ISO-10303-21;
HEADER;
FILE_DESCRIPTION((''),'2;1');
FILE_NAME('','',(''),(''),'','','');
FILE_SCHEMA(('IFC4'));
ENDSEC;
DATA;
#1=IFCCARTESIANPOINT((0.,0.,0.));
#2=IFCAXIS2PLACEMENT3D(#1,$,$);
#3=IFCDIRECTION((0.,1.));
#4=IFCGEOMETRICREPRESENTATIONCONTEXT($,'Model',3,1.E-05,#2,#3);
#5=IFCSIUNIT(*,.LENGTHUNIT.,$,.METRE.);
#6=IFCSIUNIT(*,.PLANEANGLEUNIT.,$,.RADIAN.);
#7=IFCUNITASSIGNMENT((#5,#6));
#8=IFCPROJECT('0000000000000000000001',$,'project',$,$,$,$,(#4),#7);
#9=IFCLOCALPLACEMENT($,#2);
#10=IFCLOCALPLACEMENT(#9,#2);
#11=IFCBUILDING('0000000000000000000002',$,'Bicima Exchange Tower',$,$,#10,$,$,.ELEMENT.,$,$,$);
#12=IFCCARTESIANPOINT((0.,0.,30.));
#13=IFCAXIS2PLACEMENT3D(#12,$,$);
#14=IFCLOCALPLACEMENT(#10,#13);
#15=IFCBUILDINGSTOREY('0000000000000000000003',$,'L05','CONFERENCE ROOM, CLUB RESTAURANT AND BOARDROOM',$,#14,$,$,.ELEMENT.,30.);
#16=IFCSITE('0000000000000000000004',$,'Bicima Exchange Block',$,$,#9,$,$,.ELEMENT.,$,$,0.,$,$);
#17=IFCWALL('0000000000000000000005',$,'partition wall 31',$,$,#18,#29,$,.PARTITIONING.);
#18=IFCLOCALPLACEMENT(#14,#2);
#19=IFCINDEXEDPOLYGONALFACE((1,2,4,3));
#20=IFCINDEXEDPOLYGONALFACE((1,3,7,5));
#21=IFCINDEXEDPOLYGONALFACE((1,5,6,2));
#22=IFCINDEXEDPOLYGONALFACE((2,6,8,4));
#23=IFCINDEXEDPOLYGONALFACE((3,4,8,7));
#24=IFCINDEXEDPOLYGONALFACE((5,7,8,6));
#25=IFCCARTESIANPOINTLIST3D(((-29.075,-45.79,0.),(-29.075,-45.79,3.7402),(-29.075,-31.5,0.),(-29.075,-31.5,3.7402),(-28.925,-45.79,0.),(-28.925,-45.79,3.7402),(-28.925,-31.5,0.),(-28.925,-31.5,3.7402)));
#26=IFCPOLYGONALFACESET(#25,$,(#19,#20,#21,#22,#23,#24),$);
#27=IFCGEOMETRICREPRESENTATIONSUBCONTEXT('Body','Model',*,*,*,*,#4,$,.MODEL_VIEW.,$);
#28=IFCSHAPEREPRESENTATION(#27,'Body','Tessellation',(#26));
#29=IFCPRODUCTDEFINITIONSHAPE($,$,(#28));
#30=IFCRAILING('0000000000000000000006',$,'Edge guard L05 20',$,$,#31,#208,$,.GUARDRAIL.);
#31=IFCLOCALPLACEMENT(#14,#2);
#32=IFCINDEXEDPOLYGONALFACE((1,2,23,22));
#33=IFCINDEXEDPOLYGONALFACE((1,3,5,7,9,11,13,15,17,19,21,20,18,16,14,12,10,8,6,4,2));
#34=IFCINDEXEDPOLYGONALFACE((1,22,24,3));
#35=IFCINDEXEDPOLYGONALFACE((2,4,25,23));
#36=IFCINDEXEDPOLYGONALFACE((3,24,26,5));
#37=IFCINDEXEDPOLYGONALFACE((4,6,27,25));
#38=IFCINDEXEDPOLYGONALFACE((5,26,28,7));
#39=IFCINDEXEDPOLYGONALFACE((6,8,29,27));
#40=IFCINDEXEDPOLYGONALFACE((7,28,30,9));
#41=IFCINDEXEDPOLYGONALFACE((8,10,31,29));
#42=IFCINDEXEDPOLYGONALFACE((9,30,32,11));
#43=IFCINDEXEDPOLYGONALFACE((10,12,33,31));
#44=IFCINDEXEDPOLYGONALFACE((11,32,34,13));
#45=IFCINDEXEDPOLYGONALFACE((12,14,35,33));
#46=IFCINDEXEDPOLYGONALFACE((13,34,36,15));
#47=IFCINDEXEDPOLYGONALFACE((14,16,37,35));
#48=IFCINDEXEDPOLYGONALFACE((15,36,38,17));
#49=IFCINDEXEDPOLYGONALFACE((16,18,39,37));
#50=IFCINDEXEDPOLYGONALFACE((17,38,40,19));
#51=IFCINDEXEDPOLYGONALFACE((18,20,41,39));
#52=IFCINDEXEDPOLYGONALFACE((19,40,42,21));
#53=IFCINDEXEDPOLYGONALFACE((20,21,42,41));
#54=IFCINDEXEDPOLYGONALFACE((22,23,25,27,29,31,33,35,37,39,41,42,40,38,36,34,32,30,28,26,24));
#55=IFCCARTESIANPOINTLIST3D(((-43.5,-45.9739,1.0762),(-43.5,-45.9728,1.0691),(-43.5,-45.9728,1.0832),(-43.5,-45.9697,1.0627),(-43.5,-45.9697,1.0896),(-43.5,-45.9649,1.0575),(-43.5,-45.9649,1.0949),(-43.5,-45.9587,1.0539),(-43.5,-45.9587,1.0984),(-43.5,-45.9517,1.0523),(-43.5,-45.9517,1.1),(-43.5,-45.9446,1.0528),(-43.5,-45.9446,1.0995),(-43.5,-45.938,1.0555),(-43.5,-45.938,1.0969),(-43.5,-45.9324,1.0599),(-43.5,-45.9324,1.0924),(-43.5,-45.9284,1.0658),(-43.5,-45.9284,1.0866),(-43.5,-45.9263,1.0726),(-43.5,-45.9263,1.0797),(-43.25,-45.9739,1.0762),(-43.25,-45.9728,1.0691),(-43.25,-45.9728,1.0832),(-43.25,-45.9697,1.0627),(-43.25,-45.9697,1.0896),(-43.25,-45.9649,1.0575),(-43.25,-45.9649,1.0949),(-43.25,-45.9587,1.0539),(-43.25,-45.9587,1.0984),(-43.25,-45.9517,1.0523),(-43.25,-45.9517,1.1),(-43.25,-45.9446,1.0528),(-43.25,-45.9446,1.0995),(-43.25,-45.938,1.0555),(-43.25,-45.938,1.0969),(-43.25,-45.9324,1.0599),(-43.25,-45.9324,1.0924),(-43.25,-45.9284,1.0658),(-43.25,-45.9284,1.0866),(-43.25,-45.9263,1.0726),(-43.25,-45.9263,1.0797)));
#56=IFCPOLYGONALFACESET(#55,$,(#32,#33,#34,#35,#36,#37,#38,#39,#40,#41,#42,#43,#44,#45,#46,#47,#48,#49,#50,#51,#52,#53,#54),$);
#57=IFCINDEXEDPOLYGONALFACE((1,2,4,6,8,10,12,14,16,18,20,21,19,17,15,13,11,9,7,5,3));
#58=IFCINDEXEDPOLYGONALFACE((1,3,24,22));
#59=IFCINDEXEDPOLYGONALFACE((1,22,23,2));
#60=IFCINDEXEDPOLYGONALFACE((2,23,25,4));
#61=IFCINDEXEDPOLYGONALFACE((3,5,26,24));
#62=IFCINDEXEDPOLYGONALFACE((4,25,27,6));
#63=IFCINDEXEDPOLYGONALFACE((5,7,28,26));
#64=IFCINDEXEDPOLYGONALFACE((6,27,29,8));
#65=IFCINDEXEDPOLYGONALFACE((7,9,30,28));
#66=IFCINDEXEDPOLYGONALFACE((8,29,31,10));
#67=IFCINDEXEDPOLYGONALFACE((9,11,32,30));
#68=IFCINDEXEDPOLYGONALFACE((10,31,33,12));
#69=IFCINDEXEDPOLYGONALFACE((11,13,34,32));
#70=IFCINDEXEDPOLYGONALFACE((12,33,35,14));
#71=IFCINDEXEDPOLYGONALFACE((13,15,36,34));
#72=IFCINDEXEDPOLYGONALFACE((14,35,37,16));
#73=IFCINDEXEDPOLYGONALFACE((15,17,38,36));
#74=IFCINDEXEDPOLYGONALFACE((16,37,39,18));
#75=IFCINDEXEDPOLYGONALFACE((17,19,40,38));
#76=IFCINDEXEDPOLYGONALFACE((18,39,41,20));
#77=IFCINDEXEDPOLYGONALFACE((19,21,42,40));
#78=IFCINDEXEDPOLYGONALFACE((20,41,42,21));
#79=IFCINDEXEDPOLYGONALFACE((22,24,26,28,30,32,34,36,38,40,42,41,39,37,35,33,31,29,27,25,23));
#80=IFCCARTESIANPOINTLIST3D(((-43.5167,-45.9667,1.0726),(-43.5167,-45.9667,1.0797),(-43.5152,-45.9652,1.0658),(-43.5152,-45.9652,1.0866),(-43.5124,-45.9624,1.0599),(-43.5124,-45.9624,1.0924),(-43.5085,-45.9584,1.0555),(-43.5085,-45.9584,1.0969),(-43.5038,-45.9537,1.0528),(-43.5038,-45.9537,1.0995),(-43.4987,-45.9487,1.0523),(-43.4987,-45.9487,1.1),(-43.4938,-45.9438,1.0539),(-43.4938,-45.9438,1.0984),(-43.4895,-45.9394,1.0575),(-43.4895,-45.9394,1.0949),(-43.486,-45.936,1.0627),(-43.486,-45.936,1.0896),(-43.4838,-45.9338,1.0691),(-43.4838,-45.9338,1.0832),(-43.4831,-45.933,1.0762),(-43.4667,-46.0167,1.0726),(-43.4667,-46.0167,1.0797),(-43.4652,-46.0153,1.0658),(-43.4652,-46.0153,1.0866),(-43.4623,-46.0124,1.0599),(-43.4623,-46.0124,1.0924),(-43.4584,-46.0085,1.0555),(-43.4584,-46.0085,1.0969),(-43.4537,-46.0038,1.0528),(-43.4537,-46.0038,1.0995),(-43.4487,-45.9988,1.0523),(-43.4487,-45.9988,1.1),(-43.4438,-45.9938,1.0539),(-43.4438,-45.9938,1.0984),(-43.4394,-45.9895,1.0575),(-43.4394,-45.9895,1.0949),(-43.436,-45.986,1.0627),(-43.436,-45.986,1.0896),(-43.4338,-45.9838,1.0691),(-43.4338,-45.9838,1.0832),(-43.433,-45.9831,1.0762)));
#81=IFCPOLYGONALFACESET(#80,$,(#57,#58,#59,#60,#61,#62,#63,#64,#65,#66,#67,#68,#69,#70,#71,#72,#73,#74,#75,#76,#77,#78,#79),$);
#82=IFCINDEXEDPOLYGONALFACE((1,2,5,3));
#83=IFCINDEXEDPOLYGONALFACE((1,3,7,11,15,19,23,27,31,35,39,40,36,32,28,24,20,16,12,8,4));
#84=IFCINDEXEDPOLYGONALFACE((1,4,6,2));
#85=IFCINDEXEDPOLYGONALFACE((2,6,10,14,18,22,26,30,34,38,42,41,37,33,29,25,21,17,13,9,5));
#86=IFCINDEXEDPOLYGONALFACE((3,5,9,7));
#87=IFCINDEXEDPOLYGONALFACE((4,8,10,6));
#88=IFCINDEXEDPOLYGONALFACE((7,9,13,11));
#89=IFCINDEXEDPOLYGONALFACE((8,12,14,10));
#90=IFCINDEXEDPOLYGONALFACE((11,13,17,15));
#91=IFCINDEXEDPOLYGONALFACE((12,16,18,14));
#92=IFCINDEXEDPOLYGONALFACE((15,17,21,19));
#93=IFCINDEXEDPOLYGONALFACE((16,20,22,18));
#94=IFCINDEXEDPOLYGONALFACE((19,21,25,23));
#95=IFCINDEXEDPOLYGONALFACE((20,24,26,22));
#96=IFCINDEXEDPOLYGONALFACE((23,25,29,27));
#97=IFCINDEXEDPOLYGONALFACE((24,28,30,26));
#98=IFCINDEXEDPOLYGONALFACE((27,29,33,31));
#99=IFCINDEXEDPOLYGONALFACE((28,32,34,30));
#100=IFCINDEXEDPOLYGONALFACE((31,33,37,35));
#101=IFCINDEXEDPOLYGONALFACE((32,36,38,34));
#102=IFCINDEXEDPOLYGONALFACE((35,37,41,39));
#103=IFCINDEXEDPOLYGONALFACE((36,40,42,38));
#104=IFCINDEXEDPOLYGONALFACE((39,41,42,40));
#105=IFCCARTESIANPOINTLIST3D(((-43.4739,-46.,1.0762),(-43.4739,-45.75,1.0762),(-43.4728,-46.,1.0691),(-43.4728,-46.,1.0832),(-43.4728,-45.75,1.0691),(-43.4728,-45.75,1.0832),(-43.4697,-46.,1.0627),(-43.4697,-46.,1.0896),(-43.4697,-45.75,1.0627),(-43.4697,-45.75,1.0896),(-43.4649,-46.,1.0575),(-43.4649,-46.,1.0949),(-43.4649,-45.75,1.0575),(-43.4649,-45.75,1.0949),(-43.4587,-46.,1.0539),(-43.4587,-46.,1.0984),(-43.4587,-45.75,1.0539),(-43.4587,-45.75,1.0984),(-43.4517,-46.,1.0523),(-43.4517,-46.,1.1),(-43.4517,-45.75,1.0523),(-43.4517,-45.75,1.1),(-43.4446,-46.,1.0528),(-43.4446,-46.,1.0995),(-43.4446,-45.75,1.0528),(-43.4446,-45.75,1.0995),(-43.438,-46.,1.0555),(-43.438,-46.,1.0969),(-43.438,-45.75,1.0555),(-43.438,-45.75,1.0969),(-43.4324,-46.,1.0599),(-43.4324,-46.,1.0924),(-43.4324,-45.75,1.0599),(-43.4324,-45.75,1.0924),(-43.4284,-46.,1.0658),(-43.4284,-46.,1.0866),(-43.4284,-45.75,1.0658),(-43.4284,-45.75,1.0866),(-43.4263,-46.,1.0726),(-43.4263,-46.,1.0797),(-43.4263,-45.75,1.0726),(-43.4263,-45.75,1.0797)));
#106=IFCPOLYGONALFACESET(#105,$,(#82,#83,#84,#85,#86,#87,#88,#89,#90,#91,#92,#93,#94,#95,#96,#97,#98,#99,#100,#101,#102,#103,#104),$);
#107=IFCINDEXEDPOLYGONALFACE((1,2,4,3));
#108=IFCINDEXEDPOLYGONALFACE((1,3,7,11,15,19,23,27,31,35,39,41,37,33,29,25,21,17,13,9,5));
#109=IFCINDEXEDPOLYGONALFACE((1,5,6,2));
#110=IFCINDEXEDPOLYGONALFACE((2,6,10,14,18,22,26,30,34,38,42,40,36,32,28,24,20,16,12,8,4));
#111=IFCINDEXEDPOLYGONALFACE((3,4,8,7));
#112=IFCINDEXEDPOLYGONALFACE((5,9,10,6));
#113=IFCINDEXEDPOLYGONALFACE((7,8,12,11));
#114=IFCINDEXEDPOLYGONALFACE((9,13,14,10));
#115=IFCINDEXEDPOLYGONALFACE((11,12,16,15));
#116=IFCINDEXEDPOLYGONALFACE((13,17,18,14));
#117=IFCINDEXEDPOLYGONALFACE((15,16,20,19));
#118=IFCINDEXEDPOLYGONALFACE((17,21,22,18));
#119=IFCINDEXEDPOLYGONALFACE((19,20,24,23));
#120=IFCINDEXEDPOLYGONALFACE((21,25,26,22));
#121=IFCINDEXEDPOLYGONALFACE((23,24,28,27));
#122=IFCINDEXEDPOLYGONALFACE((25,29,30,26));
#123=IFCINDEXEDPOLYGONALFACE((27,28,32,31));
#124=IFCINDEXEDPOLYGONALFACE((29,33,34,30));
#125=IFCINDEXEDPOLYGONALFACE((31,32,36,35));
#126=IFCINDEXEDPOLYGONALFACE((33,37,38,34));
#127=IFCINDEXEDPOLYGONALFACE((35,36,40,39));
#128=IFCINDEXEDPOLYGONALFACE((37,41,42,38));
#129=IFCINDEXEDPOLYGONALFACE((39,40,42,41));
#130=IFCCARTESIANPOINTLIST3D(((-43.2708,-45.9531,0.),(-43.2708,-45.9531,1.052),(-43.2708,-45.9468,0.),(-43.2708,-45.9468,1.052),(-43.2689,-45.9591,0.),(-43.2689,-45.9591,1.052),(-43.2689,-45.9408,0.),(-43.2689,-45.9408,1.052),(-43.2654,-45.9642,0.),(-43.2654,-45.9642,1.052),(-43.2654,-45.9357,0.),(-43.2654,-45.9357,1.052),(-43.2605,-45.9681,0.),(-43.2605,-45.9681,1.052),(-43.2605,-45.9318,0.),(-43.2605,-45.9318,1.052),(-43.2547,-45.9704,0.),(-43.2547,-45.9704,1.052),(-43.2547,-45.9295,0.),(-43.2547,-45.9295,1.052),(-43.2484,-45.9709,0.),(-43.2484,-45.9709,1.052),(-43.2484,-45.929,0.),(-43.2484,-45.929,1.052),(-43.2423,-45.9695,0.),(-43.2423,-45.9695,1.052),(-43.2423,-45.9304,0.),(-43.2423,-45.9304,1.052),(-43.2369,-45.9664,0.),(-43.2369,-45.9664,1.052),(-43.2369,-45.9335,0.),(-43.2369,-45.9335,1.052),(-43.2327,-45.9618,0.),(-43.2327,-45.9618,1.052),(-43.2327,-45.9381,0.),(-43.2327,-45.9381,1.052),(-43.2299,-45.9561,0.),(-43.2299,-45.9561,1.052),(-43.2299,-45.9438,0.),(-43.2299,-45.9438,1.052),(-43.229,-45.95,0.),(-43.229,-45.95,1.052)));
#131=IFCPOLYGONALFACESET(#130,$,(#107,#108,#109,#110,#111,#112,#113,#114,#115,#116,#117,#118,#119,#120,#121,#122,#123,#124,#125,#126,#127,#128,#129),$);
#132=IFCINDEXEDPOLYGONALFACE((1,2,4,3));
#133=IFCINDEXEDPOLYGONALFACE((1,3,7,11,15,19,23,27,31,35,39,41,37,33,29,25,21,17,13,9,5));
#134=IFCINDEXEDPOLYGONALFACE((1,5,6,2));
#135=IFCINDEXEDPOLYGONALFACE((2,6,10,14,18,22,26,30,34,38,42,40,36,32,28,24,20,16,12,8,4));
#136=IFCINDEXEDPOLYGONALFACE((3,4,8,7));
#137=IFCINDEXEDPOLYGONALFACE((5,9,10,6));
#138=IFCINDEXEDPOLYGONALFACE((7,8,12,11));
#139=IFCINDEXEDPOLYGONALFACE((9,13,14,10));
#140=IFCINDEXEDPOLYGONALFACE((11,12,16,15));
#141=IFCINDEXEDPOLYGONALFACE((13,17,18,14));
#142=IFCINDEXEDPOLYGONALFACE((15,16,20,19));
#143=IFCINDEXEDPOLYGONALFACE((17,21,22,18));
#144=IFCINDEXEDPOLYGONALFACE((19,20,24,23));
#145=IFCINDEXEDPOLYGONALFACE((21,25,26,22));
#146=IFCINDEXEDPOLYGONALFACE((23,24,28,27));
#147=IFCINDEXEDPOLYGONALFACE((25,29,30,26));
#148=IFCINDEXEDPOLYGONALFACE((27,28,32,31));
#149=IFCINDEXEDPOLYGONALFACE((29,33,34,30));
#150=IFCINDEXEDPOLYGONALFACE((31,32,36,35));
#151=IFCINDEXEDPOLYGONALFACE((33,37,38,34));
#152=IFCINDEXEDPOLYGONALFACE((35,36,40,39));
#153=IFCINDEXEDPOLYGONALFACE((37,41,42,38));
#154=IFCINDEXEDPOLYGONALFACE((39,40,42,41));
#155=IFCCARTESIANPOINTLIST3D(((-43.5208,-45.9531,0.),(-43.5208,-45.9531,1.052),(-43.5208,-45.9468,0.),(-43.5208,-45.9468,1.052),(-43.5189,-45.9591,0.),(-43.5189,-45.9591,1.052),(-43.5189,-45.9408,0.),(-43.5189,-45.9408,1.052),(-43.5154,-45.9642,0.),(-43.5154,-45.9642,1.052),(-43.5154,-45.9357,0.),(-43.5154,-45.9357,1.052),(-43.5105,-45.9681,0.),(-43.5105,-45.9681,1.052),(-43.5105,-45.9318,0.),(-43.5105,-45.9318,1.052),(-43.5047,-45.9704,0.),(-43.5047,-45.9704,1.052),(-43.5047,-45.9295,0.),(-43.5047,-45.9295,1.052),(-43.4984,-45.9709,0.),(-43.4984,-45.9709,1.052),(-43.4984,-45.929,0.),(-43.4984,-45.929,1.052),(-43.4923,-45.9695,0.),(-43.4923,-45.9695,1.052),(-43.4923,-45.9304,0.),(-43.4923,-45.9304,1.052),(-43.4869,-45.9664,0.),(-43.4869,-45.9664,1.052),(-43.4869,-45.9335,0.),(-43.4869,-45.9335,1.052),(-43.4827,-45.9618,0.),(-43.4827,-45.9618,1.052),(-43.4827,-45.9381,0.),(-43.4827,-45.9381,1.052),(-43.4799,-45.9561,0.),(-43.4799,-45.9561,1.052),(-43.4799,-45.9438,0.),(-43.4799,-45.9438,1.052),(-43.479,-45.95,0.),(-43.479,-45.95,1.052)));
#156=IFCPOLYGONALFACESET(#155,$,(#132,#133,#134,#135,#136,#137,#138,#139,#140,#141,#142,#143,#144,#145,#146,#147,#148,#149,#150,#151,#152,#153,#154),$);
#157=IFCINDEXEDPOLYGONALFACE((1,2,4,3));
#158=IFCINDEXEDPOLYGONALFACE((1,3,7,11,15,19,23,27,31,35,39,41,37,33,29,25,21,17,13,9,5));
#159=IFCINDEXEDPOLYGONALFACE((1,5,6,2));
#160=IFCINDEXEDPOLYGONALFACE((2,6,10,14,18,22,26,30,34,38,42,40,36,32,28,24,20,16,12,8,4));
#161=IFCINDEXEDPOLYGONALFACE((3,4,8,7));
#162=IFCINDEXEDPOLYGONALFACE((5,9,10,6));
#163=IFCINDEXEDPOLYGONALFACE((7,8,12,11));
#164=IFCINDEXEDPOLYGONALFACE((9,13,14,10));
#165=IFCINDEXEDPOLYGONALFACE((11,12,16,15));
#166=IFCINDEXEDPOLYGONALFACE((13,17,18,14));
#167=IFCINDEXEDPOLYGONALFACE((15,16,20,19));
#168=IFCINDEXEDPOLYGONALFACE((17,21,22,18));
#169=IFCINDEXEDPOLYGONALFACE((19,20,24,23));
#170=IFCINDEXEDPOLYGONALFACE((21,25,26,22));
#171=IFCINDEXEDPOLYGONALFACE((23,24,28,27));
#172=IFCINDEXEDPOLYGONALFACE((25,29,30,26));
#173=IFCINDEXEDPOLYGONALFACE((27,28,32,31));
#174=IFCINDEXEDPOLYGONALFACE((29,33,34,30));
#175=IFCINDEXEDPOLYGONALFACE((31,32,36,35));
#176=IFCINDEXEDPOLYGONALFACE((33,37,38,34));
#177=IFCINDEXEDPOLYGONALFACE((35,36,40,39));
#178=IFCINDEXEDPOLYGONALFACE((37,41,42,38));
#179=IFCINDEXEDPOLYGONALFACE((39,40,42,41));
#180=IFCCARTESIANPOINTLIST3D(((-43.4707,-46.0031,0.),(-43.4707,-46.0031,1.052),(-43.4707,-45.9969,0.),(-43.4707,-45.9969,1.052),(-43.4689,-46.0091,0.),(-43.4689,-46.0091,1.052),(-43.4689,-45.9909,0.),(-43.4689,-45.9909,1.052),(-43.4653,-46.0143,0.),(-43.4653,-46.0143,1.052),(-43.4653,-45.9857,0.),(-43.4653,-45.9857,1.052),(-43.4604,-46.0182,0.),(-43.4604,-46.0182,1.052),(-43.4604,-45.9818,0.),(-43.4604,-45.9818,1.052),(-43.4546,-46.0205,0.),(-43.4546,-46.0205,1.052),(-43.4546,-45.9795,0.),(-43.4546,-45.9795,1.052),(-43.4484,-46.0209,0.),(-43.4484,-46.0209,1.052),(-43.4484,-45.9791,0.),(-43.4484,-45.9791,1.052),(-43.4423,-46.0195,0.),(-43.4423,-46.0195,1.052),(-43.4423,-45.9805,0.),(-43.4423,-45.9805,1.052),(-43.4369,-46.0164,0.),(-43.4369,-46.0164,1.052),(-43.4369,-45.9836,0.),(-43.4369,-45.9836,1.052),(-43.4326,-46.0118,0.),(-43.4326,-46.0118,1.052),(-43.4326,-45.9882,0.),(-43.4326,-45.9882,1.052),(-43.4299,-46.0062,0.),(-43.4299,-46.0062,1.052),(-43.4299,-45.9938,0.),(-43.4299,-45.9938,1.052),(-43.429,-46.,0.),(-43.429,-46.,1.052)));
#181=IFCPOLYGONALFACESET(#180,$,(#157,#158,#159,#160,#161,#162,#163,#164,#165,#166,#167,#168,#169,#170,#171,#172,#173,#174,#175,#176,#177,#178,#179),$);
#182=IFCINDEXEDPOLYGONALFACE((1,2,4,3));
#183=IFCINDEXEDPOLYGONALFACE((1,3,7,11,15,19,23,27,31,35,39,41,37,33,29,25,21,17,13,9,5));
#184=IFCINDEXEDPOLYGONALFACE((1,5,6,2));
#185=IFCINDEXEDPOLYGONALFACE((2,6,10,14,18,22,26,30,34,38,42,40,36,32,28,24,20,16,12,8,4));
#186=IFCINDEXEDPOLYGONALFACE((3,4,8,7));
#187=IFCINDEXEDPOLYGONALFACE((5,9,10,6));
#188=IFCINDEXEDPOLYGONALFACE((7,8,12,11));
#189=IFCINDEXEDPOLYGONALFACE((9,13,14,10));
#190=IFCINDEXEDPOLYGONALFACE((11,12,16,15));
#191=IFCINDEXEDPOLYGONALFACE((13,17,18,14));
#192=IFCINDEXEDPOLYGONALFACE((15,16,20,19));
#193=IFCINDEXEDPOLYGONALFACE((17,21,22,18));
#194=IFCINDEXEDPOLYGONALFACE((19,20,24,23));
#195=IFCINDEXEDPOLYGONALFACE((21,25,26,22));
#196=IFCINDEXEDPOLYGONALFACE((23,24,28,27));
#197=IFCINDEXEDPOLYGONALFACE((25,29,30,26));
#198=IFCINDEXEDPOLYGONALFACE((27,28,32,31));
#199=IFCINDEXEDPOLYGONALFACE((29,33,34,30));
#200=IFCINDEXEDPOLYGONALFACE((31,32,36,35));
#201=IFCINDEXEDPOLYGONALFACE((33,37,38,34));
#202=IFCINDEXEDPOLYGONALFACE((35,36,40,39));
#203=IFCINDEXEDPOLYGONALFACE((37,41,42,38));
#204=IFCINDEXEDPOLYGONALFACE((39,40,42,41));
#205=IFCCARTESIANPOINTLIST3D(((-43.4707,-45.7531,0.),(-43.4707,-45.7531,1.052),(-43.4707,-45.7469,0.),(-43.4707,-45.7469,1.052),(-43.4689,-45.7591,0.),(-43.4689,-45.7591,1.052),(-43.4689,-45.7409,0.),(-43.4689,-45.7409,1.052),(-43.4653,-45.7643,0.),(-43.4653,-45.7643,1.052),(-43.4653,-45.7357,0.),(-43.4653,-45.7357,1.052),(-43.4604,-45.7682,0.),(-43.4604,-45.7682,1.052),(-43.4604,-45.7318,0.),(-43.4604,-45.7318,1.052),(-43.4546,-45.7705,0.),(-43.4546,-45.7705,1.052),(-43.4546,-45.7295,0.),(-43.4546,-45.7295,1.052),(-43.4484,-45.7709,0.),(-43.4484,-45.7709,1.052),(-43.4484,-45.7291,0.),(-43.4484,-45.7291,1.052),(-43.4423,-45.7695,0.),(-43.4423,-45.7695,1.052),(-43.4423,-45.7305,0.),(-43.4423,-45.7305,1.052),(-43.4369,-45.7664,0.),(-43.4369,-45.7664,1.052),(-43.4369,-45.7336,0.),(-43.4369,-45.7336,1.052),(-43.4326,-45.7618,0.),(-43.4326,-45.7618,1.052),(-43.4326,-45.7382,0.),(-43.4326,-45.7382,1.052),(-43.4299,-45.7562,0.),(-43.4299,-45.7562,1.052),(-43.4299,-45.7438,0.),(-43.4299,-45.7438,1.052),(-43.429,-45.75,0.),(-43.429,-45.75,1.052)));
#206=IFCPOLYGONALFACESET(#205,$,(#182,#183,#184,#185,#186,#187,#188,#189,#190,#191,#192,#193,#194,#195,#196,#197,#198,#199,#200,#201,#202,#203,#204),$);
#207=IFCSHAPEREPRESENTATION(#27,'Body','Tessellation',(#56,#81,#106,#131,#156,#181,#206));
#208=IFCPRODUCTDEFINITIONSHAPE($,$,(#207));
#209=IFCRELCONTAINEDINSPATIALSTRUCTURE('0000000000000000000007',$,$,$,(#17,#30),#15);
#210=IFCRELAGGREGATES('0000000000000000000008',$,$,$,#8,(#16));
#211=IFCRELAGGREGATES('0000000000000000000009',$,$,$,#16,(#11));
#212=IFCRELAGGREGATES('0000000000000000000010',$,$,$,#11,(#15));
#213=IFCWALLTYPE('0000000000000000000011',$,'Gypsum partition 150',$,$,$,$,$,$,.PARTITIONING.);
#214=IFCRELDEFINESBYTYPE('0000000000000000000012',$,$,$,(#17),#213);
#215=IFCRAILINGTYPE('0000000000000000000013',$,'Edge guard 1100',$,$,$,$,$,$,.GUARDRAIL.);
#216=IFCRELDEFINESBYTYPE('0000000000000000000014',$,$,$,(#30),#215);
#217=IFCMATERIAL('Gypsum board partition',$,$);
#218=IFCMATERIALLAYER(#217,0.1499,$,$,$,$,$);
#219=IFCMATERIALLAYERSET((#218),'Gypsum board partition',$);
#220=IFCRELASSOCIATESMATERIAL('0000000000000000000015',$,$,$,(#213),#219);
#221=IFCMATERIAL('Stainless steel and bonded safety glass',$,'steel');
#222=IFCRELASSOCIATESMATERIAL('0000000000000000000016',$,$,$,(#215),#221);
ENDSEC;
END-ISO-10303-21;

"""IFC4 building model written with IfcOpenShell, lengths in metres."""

from ifc_helpers import new_model, si_unit, direction, frame, frame_2d, origin, origin_2d, place, context, subcontext, project, spatial, rectangle, circle, extrude, material, layer, layer_set, type_object, element, save


model = new_model("IFC4")

# Units and contexts
model_context = context("Model", 3, precision=1e-05, world=origin(), true_north=direction((0.0, 1.0)))
body_context = subcontext(model_context, "Body", "Model", "MODEL_VIEW")
ifc_project = project(units=[si_unit("LENGTHUNIT", "METRE"), si_unit("PLANEANGLEUNIT", "RADIAN")], contexts=[model_context])

# Site, building, storey
site_placement = place(None, origin())
site = spatial("IfcSite", under=ifc_project, at=site_placement, Name="Bicima Exchange Block", CompositionType="ELEMENT", RefElevation=0.0)
building_placement = place(site_placement, origin())
building = spatial("IfcBuilding", under=site, at=building_placement, Name="Bicima Exchange Tower", CompositionType="ELEMENT")
storey_placement = place(building_placement, frame((0.0, 0.0, 30.0)))
storey = spatial("IfcBuildingStorey", under=building, at=storey_placement, Name="L05", Description="CONFERENCE ROOM, CLUB RESTAURANT AND BOARDROOM", CompositionType="ELEMENT", Elevation=30.0)

# Wall
ifc_material_1 = material(Name="Gypsum board partition")
ifc_layer_1 = layer(ifc_material_1, 0.1499)
ifc_layer_set_1 = layer_set([ifc_layer_1], Name="Gypsum board partition")
wall_type = type_object("IfcWallType", Name="Gypsum partition 150", PredefinedType="PARTITIONING", material=ifc_layer_set_1)
for number, where, z_axis, x_axis, name in (
    (1, (-29.0, -45.79, 0.0), (0.0, 0.0, 1.0), (0.0, 1.0, 0.0), "partition wall 31"),
):
    element("IfcWall", number, at=place(storey_placement, frame(where, z_axis=z_axis, x_axis=x_axis)), inside=storey, type_object=wall_type, Name=name, PredefinedType="PARTITIONING", context=body_context, shape_type="SweptSolid", body=[
        extrude(rectangle(XDim=14.29, YDim=0.1499, at=frame_2d((7.145, 0.0))), origin(), (0.0, 0.0, 1.0), 3.7402),
    ])

# Railing
ifc_material_2 = material(Name="Stainless steel and bonded safety glass", Category="steel")
railing_type = type_object("IfcRailingType", Name="Edge guard 1100", PredefinedType="GUARDRAIL", material=ifc_material_2)
railing_placement = place(storey_placement, frame((-43.25, -45.95, 0.0)))
element("IfcRailing", 2, at=railing_placement, inside=storey, type_object=railing_type, Name="Edge guard L05 20", PredefinedType="GUARDRAIL", context=body_context, shape_type="SweptSolid", body=[
    extrude(circle(Radius=0.0239, at=origin_2d()), frame((0.0, 0.0, 1.0762), z_axis=(-1.0, 0.0, 0.0), x_axis=(0.0, -1.0, 0.0)), (0.0, 0.0, 1.0), 0.25),
    extrude(circle(Radius=0.0239, at=origin_2d()), frame((-0.25, 0.0, 1.0762), z_axis=(0.707107, -0.707107, 0.0), x_axis=(0.707107, 0.707107, 0.0)), (0.0, 0.0, 1.0), 0.0708),
    extrude(circle(Radius=0.0239, at=origin_2d()), frame((-0.2, -0.05, 1.0762), z_axis=(0.0, 1.0, 0.0), x_axis=(-1.0, 0.0, 0.0)), (0.0, 0.0, 1.0), 0.25),
    extrude(circle(Radius=0.021, at=origin_2d()), origin(), (0.0, 0.0, 1.0), 1.052),
    extrude(circle(Radius=0.021, at=origin_2d()), frame((-0.25, 0.0, 0.0)), (0.0, 0.0, 1.0), 1.052),
    extrude(circle(Radius=0.021, at=origin_2d()), frame((-0.2, -0.05, 0.0)), (0.0, 0.0, 1.0), 1.052),
    extrude(circle(Radius=0.021, at=origin_2d()), frame((-0.2, 0.2, 0.0)), (0.0, 0.0, 1.0), 1.052),
])

save(model, "model.ifc")
